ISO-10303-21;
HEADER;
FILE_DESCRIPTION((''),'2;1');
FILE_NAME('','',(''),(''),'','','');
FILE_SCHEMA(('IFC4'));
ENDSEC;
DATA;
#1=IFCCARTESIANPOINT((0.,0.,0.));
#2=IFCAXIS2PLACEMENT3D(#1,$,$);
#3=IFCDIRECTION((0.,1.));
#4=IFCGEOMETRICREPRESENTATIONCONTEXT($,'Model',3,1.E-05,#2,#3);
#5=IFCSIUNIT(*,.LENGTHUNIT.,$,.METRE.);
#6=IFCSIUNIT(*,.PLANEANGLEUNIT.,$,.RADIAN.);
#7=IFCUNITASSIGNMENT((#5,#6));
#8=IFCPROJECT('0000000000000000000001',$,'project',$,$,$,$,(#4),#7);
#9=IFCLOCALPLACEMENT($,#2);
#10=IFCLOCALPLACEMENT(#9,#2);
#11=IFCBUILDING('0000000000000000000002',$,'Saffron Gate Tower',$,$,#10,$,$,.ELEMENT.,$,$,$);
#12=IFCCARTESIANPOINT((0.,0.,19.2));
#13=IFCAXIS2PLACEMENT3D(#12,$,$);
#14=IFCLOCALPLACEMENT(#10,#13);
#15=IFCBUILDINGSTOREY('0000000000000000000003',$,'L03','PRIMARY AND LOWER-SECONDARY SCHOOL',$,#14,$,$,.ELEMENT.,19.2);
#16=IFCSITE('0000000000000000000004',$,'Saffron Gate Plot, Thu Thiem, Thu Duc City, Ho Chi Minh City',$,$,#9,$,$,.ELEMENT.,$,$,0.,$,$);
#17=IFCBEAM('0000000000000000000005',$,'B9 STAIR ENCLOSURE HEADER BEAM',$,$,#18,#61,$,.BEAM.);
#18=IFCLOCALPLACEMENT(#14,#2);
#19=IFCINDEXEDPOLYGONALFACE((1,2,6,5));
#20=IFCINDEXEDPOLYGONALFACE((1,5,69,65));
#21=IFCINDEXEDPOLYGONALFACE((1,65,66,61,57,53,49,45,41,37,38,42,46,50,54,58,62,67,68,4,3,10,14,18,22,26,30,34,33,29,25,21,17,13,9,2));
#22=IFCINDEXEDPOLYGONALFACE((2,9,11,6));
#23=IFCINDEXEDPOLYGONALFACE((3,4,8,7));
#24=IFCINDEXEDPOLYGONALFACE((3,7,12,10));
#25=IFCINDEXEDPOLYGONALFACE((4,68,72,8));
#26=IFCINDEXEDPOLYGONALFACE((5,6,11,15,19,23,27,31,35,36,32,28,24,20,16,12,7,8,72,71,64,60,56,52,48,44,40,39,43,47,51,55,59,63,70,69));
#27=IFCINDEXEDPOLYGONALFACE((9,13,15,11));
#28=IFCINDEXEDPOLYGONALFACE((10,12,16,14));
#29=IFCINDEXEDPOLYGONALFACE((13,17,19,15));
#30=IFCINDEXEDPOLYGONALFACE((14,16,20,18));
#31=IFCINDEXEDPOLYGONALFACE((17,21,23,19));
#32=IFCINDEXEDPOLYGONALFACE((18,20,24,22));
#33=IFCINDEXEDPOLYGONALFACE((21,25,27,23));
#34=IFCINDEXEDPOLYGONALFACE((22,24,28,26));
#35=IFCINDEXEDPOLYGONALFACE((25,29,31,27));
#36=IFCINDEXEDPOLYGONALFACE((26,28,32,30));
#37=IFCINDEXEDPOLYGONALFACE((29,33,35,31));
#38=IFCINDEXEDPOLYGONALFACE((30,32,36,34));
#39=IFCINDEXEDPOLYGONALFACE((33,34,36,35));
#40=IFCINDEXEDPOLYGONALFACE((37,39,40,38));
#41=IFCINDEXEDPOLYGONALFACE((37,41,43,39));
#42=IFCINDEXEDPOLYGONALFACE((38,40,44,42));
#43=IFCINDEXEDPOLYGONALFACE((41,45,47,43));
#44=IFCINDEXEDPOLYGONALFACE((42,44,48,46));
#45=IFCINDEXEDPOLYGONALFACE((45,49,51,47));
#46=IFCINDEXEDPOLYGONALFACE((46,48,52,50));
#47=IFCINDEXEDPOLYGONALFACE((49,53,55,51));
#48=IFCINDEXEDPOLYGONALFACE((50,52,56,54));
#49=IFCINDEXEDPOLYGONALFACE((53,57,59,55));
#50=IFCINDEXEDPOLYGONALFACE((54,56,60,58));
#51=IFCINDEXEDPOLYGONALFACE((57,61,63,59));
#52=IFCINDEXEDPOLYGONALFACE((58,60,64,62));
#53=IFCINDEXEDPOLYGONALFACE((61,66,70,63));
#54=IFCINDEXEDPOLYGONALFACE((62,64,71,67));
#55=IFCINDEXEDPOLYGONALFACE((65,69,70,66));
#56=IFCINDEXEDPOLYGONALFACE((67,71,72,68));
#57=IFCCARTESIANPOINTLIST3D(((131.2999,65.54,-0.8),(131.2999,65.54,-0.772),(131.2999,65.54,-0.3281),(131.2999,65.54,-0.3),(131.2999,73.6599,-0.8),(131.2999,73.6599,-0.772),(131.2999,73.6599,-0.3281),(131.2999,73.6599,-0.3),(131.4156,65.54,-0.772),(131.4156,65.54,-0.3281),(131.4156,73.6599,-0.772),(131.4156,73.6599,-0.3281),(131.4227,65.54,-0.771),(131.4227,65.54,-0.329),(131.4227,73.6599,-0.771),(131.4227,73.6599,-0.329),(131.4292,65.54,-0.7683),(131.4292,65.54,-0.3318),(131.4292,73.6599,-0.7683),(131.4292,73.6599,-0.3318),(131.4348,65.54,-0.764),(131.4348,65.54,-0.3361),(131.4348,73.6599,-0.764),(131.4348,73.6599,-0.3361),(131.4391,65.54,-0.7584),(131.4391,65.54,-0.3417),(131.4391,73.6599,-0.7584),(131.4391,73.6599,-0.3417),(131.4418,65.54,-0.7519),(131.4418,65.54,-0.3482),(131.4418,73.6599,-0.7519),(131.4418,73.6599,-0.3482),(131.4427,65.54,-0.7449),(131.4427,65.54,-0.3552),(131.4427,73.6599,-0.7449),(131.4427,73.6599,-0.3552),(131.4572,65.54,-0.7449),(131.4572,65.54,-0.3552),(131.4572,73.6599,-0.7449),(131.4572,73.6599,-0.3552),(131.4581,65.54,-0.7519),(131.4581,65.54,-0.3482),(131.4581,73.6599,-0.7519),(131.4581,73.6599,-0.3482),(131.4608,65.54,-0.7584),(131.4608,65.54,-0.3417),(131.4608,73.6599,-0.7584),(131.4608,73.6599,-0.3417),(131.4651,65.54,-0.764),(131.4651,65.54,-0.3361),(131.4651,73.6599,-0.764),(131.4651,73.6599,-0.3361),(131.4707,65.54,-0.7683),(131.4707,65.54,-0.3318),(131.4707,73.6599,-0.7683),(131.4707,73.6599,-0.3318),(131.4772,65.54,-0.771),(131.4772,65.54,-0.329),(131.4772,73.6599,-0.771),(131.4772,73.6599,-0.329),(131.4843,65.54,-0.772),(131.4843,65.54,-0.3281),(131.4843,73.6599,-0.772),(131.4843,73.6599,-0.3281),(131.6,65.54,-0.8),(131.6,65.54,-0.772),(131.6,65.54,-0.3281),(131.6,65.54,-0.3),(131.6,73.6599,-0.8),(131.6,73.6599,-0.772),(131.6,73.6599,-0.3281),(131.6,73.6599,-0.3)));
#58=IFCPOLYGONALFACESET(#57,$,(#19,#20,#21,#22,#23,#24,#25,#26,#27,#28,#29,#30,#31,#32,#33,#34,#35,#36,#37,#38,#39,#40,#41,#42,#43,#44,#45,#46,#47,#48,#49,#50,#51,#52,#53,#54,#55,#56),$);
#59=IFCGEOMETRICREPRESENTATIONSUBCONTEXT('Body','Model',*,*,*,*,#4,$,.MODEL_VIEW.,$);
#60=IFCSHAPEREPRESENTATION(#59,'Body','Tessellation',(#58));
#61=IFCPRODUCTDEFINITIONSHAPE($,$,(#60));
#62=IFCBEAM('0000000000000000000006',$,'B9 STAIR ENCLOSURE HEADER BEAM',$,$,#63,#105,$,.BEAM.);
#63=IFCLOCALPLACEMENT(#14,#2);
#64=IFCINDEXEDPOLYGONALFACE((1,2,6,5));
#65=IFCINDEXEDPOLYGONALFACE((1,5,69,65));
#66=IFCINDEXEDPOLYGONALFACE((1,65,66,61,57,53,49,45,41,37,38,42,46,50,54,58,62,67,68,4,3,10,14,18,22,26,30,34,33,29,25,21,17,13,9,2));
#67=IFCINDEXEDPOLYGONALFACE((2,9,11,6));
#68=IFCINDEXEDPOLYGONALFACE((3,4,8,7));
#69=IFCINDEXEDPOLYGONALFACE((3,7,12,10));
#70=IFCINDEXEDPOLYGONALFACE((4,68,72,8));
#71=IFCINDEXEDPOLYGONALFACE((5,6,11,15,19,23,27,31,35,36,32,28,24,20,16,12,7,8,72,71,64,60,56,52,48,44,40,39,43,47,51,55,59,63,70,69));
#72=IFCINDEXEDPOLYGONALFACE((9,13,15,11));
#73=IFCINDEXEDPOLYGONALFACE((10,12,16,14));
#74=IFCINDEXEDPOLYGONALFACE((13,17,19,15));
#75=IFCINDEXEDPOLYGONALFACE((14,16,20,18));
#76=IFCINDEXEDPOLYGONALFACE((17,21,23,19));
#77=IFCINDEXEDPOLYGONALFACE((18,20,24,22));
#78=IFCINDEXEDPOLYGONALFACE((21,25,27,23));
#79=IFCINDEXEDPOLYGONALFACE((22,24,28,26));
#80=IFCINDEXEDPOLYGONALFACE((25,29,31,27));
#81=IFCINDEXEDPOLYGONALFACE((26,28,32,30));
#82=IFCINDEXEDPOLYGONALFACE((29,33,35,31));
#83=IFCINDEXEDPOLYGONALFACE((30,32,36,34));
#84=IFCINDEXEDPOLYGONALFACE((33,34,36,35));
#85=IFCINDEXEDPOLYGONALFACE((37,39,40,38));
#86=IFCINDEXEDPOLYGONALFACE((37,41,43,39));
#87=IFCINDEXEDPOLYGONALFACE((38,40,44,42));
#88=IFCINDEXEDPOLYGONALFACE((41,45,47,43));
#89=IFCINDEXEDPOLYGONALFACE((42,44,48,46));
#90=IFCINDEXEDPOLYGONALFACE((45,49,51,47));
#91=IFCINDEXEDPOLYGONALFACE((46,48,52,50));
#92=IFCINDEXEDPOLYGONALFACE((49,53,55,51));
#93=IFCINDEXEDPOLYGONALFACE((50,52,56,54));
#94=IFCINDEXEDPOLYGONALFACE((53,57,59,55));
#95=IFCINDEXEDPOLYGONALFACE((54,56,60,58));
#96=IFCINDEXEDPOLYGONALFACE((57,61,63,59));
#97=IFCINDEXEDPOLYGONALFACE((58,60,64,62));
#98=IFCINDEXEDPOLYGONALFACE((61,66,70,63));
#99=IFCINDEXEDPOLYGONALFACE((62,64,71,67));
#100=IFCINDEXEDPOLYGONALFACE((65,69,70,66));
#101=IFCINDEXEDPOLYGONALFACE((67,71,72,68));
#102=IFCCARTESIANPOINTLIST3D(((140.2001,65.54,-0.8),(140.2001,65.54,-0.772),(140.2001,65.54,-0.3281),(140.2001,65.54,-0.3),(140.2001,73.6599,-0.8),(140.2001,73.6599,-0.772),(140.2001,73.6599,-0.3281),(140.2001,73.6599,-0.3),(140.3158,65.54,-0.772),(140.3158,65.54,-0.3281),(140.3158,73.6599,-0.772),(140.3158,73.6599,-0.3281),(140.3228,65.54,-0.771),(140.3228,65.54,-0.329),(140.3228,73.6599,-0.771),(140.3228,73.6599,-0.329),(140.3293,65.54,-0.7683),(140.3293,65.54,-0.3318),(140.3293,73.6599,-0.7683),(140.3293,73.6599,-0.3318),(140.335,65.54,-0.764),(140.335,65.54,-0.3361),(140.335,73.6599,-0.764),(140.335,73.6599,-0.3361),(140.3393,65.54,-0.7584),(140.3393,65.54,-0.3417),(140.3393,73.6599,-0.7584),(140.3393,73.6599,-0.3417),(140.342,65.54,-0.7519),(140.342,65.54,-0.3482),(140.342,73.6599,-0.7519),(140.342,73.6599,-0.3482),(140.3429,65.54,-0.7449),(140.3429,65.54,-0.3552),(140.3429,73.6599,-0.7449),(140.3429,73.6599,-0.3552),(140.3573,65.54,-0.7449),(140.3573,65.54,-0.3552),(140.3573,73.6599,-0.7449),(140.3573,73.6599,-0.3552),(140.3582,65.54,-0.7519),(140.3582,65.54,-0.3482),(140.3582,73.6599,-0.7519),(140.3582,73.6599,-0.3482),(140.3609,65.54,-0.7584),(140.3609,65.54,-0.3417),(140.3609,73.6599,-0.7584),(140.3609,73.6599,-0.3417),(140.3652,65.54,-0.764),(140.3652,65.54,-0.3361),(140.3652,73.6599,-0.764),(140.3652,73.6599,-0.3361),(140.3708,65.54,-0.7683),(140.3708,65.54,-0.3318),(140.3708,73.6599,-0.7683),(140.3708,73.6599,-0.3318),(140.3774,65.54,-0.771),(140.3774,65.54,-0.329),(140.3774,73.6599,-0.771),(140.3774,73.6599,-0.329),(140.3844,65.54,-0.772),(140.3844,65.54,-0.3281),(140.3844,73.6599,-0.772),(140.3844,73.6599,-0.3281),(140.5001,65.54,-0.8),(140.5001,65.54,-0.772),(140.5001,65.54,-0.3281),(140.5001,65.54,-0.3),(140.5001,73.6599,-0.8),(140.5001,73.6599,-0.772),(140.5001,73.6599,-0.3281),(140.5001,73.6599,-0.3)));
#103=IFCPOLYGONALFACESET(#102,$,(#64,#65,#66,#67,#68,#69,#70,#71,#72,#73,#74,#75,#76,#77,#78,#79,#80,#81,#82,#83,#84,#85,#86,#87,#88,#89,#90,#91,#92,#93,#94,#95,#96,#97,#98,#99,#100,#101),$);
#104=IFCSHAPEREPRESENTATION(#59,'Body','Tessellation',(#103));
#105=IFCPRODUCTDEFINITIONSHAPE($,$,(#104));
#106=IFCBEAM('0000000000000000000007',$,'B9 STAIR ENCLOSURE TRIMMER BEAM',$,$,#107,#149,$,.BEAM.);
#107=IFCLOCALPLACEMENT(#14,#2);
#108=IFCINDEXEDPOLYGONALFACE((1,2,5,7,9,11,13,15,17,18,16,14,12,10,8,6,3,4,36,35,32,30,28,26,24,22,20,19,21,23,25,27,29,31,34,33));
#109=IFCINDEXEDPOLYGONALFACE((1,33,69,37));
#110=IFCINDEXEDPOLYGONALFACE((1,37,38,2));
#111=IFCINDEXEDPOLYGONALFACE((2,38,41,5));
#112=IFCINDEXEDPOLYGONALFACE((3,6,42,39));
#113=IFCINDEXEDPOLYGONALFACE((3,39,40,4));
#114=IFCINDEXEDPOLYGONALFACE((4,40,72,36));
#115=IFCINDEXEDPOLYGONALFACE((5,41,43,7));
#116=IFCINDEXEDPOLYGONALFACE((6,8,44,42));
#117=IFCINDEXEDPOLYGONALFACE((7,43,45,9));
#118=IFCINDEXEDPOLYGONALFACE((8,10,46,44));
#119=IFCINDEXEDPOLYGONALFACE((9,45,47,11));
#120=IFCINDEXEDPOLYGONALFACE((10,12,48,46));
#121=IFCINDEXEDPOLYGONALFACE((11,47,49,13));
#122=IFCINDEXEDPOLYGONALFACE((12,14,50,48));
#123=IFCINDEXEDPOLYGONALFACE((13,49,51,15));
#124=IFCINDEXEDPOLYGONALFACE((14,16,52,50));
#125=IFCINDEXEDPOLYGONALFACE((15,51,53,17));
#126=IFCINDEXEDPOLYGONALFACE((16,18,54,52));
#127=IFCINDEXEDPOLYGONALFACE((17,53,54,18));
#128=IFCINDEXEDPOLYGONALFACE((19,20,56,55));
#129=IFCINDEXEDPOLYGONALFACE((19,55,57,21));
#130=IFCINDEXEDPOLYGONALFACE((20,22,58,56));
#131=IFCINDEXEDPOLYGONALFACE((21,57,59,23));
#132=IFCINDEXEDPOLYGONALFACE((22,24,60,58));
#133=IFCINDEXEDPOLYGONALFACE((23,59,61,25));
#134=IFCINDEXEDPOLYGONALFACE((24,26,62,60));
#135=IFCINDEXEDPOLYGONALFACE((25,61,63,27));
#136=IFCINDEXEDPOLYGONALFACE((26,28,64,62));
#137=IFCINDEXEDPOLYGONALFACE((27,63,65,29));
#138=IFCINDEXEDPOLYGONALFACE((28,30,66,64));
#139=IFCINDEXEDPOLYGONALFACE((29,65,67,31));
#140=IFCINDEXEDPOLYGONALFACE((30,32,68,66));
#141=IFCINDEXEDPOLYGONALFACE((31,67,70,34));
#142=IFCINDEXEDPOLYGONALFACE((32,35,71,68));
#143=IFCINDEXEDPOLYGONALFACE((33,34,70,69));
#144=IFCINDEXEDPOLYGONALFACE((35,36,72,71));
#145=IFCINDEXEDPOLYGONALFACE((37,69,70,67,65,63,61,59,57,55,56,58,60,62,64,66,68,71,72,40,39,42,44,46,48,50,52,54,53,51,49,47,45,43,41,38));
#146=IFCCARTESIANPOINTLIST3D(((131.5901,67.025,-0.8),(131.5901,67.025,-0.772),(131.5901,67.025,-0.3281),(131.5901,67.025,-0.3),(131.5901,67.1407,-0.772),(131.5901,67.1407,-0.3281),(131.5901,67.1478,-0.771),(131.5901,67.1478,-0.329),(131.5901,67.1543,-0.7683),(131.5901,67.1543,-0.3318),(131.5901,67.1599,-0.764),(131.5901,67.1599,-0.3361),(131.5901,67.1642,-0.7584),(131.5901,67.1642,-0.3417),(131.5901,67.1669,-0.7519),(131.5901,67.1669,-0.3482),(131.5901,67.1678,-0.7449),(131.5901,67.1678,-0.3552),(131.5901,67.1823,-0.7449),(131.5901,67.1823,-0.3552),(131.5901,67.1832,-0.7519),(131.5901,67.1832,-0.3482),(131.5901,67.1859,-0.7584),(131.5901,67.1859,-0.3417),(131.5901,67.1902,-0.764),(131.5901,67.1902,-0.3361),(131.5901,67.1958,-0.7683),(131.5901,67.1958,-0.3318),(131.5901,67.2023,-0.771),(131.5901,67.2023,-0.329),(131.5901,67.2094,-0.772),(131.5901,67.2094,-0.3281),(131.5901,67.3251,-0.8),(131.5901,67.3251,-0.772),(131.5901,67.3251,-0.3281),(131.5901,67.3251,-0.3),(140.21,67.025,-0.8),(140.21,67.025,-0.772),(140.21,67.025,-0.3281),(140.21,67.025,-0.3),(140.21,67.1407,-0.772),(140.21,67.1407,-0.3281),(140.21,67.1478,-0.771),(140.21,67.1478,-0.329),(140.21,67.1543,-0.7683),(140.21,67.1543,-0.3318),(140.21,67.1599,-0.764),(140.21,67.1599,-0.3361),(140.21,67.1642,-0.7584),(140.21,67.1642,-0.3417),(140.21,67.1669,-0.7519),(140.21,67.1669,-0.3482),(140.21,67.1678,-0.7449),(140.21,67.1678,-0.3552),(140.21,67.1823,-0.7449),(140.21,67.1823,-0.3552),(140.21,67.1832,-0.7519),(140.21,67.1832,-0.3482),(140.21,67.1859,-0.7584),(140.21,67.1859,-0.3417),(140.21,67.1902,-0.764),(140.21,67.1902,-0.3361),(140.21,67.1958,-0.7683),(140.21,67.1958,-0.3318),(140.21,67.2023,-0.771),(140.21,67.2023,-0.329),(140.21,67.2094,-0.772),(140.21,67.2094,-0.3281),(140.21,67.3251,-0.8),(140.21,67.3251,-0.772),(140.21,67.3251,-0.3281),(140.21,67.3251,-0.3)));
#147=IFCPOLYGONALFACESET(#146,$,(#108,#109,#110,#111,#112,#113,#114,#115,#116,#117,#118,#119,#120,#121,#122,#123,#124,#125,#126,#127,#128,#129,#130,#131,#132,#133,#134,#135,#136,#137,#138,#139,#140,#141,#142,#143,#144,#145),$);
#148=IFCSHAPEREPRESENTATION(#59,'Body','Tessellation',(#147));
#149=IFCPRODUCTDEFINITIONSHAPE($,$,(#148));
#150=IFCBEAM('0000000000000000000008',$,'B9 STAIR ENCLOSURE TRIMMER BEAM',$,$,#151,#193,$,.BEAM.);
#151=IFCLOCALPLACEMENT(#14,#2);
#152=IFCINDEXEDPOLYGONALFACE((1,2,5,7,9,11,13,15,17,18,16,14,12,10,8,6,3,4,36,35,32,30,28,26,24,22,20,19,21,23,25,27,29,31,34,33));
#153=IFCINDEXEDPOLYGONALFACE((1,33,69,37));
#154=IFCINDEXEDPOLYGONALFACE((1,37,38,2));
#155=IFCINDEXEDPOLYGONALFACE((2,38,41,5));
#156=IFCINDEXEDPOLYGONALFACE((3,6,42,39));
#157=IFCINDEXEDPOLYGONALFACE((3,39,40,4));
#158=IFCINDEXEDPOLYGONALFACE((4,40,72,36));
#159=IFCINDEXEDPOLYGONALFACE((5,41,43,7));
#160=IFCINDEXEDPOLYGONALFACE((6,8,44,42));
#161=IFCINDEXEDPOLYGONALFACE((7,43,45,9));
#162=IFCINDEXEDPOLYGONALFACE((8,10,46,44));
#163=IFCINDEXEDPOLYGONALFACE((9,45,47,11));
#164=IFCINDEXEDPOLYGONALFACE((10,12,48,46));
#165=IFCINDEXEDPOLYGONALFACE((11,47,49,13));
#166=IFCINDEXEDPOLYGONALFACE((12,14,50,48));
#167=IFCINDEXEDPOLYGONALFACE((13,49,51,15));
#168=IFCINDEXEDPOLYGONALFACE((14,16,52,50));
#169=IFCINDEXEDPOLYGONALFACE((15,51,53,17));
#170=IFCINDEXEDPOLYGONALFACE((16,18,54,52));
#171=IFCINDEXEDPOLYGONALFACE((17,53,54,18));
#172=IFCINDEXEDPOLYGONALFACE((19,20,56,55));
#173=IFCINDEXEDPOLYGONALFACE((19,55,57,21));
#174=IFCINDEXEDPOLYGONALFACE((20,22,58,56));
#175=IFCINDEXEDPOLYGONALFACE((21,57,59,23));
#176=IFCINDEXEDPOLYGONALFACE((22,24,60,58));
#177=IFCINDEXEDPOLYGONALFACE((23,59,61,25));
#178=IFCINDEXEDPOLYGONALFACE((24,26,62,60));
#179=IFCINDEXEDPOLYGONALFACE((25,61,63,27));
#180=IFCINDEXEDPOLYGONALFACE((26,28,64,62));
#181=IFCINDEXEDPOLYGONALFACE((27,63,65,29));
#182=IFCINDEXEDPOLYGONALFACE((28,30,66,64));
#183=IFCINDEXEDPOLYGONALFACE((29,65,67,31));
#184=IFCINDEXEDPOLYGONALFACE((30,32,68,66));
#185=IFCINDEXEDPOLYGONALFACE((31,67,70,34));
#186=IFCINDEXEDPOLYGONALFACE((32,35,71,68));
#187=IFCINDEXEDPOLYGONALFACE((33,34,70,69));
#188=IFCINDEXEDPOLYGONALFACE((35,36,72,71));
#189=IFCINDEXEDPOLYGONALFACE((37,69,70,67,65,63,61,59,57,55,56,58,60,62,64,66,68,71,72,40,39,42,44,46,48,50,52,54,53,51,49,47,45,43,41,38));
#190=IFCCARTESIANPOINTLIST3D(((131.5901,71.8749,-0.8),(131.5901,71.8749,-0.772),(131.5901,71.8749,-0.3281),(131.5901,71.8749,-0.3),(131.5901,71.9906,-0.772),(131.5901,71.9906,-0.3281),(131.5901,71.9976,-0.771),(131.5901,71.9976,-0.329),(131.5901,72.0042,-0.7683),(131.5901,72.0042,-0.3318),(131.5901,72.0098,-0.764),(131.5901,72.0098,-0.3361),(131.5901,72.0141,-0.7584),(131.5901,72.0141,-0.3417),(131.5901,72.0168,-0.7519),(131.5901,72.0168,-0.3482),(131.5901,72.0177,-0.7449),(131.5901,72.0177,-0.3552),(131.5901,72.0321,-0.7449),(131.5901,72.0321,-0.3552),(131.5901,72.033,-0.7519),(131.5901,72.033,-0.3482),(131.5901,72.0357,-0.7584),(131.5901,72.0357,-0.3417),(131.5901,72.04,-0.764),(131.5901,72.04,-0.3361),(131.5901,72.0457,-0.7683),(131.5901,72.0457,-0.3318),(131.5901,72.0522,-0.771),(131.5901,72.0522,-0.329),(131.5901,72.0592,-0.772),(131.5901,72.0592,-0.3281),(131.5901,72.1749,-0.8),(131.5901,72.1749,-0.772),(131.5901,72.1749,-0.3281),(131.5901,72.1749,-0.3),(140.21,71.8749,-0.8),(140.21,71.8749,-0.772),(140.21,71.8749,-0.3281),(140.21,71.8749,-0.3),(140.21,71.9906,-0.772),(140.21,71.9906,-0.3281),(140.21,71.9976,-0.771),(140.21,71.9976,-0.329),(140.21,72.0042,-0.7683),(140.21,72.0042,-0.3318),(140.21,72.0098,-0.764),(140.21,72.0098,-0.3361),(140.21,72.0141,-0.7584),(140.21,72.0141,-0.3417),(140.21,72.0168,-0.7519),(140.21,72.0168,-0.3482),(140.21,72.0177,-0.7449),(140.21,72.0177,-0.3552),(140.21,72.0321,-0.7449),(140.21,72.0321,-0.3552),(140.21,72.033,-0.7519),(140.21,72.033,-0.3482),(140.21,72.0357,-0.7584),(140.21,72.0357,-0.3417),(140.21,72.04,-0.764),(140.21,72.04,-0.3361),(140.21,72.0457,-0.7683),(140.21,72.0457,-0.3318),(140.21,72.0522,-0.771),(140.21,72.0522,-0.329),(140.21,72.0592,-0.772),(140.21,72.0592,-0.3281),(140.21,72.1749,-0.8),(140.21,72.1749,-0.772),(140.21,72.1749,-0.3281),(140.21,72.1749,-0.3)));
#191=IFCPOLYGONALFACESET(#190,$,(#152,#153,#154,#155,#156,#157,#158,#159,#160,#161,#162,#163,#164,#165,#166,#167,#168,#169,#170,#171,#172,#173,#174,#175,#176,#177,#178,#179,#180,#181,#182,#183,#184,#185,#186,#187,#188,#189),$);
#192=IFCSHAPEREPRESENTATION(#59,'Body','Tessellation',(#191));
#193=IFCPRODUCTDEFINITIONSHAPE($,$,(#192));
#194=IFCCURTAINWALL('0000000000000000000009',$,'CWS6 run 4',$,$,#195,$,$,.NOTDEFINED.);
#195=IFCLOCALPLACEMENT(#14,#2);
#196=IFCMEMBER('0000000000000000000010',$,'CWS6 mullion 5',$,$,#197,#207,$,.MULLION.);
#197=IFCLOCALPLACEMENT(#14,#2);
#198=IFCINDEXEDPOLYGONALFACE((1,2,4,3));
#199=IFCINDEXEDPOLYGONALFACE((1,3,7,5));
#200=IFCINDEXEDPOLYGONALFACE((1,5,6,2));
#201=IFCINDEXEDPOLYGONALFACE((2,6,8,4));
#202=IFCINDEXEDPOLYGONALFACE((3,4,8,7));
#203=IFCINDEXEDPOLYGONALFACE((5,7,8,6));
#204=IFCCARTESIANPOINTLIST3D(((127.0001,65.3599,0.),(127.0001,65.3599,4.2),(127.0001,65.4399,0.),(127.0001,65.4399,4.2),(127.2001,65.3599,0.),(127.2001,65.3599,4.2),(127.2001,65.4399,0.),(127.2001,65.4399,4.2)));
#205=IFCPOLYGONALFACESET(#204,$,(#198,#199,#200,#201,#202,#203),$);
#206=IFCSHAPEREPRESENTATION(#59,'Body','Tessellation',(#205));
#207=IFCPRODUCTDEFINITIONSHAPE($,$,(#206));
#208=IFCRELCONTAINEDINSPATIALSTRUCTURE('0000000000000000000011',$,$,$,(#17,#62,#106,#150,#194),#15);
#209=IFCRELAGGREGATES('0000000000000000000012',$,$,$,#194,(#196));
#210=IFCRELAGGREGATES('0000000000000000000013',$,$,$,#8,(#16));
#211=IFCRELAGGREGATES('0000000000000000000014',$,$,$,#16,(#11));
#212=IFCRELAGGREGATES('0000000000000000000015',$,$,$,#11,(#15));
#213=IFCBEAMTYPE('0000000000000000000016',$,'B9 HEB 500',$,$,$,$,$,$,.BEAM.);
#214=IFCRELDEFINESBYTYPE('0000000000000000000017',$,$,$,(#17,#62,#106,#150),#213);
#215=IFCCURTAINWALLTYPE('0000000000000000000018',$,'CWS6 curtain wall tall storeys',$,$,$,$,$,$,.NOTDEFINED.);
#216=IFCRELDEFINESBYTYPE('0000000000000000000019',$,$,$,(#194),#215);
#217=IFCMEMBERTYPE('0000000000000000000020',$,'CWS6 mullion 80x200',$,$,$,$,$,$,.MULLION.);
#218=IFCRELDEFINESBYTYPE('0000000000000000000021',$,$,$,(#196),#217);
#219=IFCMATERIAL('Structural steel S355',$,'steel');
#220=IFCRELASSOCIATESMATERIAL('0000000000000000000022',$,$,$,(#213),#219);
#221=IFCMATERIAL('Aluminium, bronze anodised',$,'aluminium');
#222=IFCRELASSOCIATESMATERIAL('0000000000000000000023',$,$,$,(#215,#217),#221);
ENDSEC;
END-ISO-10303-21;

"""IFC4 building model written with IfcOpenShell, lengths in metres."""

from ifc_helpers import new_model, si_unit, direction, frame, origin, origin_2d, place, context, subcontext, project, spatial, rectangle, i_section, extrude, material, material_profile, profile_set, type_object, element, aggregate, save


model = new_model("IFC4")

# Units and contexts
model_context = context("Model", 3, precision=1e-05, world=origin(), true_north=direction((0.0, 1.0)))
body_context = subcontext(model_context, "Body", "Model", "MODEL_VIEW")
ifc_project = project(units=[si_unit("LENGTHUNIT", "METRE"), si_unit("PLANEANGLEUNIT", "RADIAN")], contexts=[model_context])

# Site, building, storey
site_placement = place(None, origin())
site = spatial("IfcSite", under=ifc_project, at=site_placement, Name="Saffron Gate Plot, Thu Thiem, Thu Duc City, Ho Chi Minh City", CompositionType="ELEMENT", RefElevation=0.0)
building_placement = place(site_placement, origin())
building = spatial("IfcBuilding", under=site, at=building_placement, Name="Saffron Gate Tower", CompositionType="ELEMENT")
storey_placement = place(building_placement, frame((0.0, 0.0, 19.2)))
storey = spatial("IfcBuildingStorey", under=building, at=storey_placement, Name="L03", Description="PRIMARY AND LOWER-SECONDARY SCHOOL", CompositionType="ELEMENT", Elevation=19.2)

# Beams
ifc_material_1 = material(Name="Structural steel S355", Category="steel")
ifc_material_profile_1 = material_profile(ifc_material_1, i_section(OverallWidth=0.3, OverallDepth=0.5, WebThickness=0.0144, FlangeThickness=0.0281, FilletRadius=0.0271, at=origin_2d()))
ifc_profile_set_1 = profile_set([ifc_material_profile_1], Name="Structural steel S355")
beam_type_1 = type_object("IfcBeamType", Name="B9 HEB 500", PredefinedType="BEAM", material=ifc_profile_set_1)
for number, where, z_axis, x_axis, name in (
    (1, (131.45, 65.54, -0.55), (0.0, 1.0, 0.0), (-1.0, 0.0, 0.0), "B9 STAIR ENCLOSURE HEADER BEAM"),
    (2, (140.3501, 65.54, -0.55), (0.0, 1.0, 0.0), (-1.0, 0.0, 0.0), "B9 STAIR ENCLOSURE HEADER BEAM"),
):
    element("IfcBeam", number, at=place(storey_placement, frame(where, z_axis=z_axis, x_axis=x_axis)), inside=storey, type_object=beam_type_1, Name=name, PredefinedType="BEAM", context=body_context, shape_type="SweptSolid", body=[
        extrude(i_section(OverallWidth=0.3, OverallDepth=0.5, WebThickness=0.0144, FlangeThickness=0.0281, FilletRadius=0.0271, at=origin_2d()), origin(), (0.0, 0.0, 1.0), 8.1199),
    ])
for number, where, z_axis, x_axis, name in (
    (3, (131.5901, 67.175, -0.55), (1.0, 0.0, 0.0), (0.0, 1.0, 0.0), "B9 STAIR ENCLOSURE TRIMMER BEAM"),
    (4, (131.5901, 72.0249, -0.55), (1.0, 0.0, 0.0), (0.0, 1.0, 0.0), "B9 STAIR ENCLOSURE TRIMMER BEAM"),
):
    element("IfcBeam", number, at=place(storey_placement, frame(where, z_axis=z_axis, x_axis=x_axis)), inside=storey, type_object=beam_type_1, Name=name, PredefinedType="BEAM", context=body_context, shape_type="SweptSolid", body=[
        extrude(i_section(OverallWidth=0.3, OverallDepth=0.5, WebThickness=0.0144, FlangeThickness=0.0281, FilletRadius=0.0271, at=origin_2d()), origin(), (0.0, 0.0, 1.0), 8.6199),
    ])

# Curtain wall, member
ifc_material_2 = material(Name="Aluminium, bronze anodised", Category="aluminium")
curtain_wall_type = type_object("IfcCurtainWallType", Name="CWS6 curtain wall tall storeys", PredefinedType="NOTDEFINED", material=ifc_material_2)
curtain_wall_1_placement = place(storey_placement, origin())
curtain_wall_1 = element("IfcCurtainWall", 5, at=curtain_wall_1_placement, inside=storey, type_object=curtain_wall_type, Name="CWS6 run 4", PredefinedType="NOTDEFINED")
ifc_material_profile_2 = material_profile(ifc_material_2, rectangle(XDim=0.2, YDim=0.0801, at=origin_2d()))
ifc_profile_set_2 = profile_set([ifc_material_profile_2], Name="Aluminium, bronze anodised")
member_type_1 = type_object("IfcMemberType", Name="CWS6 mullion 80x200", PredefinedType="MULLION", material=ifc_profile_set_2)
member_1_placement = place(storey_placement, frame((127.1001, 65.3999, 0.0), z_axis=(0.0, 0.0, 1.0), x_axis=(-1.0, 0.0, 0.0)))
member_1 = element("IfcMember", 6, at=member_1_placement, type_object=member_type_1, Name="CWS6 mullion 5", PredefinedType="MULLION", context=body_context, shape_type="SweptSolid", body=[
    extrude(rectangle(XDim=0.2, YDim=0.0801, at=origin_2d()), origin(), (0.0, 0.0, 1.0), 4.2),
])

aggregate(curtain_wall_1, [member_1])

save(model, "model.ifc")
